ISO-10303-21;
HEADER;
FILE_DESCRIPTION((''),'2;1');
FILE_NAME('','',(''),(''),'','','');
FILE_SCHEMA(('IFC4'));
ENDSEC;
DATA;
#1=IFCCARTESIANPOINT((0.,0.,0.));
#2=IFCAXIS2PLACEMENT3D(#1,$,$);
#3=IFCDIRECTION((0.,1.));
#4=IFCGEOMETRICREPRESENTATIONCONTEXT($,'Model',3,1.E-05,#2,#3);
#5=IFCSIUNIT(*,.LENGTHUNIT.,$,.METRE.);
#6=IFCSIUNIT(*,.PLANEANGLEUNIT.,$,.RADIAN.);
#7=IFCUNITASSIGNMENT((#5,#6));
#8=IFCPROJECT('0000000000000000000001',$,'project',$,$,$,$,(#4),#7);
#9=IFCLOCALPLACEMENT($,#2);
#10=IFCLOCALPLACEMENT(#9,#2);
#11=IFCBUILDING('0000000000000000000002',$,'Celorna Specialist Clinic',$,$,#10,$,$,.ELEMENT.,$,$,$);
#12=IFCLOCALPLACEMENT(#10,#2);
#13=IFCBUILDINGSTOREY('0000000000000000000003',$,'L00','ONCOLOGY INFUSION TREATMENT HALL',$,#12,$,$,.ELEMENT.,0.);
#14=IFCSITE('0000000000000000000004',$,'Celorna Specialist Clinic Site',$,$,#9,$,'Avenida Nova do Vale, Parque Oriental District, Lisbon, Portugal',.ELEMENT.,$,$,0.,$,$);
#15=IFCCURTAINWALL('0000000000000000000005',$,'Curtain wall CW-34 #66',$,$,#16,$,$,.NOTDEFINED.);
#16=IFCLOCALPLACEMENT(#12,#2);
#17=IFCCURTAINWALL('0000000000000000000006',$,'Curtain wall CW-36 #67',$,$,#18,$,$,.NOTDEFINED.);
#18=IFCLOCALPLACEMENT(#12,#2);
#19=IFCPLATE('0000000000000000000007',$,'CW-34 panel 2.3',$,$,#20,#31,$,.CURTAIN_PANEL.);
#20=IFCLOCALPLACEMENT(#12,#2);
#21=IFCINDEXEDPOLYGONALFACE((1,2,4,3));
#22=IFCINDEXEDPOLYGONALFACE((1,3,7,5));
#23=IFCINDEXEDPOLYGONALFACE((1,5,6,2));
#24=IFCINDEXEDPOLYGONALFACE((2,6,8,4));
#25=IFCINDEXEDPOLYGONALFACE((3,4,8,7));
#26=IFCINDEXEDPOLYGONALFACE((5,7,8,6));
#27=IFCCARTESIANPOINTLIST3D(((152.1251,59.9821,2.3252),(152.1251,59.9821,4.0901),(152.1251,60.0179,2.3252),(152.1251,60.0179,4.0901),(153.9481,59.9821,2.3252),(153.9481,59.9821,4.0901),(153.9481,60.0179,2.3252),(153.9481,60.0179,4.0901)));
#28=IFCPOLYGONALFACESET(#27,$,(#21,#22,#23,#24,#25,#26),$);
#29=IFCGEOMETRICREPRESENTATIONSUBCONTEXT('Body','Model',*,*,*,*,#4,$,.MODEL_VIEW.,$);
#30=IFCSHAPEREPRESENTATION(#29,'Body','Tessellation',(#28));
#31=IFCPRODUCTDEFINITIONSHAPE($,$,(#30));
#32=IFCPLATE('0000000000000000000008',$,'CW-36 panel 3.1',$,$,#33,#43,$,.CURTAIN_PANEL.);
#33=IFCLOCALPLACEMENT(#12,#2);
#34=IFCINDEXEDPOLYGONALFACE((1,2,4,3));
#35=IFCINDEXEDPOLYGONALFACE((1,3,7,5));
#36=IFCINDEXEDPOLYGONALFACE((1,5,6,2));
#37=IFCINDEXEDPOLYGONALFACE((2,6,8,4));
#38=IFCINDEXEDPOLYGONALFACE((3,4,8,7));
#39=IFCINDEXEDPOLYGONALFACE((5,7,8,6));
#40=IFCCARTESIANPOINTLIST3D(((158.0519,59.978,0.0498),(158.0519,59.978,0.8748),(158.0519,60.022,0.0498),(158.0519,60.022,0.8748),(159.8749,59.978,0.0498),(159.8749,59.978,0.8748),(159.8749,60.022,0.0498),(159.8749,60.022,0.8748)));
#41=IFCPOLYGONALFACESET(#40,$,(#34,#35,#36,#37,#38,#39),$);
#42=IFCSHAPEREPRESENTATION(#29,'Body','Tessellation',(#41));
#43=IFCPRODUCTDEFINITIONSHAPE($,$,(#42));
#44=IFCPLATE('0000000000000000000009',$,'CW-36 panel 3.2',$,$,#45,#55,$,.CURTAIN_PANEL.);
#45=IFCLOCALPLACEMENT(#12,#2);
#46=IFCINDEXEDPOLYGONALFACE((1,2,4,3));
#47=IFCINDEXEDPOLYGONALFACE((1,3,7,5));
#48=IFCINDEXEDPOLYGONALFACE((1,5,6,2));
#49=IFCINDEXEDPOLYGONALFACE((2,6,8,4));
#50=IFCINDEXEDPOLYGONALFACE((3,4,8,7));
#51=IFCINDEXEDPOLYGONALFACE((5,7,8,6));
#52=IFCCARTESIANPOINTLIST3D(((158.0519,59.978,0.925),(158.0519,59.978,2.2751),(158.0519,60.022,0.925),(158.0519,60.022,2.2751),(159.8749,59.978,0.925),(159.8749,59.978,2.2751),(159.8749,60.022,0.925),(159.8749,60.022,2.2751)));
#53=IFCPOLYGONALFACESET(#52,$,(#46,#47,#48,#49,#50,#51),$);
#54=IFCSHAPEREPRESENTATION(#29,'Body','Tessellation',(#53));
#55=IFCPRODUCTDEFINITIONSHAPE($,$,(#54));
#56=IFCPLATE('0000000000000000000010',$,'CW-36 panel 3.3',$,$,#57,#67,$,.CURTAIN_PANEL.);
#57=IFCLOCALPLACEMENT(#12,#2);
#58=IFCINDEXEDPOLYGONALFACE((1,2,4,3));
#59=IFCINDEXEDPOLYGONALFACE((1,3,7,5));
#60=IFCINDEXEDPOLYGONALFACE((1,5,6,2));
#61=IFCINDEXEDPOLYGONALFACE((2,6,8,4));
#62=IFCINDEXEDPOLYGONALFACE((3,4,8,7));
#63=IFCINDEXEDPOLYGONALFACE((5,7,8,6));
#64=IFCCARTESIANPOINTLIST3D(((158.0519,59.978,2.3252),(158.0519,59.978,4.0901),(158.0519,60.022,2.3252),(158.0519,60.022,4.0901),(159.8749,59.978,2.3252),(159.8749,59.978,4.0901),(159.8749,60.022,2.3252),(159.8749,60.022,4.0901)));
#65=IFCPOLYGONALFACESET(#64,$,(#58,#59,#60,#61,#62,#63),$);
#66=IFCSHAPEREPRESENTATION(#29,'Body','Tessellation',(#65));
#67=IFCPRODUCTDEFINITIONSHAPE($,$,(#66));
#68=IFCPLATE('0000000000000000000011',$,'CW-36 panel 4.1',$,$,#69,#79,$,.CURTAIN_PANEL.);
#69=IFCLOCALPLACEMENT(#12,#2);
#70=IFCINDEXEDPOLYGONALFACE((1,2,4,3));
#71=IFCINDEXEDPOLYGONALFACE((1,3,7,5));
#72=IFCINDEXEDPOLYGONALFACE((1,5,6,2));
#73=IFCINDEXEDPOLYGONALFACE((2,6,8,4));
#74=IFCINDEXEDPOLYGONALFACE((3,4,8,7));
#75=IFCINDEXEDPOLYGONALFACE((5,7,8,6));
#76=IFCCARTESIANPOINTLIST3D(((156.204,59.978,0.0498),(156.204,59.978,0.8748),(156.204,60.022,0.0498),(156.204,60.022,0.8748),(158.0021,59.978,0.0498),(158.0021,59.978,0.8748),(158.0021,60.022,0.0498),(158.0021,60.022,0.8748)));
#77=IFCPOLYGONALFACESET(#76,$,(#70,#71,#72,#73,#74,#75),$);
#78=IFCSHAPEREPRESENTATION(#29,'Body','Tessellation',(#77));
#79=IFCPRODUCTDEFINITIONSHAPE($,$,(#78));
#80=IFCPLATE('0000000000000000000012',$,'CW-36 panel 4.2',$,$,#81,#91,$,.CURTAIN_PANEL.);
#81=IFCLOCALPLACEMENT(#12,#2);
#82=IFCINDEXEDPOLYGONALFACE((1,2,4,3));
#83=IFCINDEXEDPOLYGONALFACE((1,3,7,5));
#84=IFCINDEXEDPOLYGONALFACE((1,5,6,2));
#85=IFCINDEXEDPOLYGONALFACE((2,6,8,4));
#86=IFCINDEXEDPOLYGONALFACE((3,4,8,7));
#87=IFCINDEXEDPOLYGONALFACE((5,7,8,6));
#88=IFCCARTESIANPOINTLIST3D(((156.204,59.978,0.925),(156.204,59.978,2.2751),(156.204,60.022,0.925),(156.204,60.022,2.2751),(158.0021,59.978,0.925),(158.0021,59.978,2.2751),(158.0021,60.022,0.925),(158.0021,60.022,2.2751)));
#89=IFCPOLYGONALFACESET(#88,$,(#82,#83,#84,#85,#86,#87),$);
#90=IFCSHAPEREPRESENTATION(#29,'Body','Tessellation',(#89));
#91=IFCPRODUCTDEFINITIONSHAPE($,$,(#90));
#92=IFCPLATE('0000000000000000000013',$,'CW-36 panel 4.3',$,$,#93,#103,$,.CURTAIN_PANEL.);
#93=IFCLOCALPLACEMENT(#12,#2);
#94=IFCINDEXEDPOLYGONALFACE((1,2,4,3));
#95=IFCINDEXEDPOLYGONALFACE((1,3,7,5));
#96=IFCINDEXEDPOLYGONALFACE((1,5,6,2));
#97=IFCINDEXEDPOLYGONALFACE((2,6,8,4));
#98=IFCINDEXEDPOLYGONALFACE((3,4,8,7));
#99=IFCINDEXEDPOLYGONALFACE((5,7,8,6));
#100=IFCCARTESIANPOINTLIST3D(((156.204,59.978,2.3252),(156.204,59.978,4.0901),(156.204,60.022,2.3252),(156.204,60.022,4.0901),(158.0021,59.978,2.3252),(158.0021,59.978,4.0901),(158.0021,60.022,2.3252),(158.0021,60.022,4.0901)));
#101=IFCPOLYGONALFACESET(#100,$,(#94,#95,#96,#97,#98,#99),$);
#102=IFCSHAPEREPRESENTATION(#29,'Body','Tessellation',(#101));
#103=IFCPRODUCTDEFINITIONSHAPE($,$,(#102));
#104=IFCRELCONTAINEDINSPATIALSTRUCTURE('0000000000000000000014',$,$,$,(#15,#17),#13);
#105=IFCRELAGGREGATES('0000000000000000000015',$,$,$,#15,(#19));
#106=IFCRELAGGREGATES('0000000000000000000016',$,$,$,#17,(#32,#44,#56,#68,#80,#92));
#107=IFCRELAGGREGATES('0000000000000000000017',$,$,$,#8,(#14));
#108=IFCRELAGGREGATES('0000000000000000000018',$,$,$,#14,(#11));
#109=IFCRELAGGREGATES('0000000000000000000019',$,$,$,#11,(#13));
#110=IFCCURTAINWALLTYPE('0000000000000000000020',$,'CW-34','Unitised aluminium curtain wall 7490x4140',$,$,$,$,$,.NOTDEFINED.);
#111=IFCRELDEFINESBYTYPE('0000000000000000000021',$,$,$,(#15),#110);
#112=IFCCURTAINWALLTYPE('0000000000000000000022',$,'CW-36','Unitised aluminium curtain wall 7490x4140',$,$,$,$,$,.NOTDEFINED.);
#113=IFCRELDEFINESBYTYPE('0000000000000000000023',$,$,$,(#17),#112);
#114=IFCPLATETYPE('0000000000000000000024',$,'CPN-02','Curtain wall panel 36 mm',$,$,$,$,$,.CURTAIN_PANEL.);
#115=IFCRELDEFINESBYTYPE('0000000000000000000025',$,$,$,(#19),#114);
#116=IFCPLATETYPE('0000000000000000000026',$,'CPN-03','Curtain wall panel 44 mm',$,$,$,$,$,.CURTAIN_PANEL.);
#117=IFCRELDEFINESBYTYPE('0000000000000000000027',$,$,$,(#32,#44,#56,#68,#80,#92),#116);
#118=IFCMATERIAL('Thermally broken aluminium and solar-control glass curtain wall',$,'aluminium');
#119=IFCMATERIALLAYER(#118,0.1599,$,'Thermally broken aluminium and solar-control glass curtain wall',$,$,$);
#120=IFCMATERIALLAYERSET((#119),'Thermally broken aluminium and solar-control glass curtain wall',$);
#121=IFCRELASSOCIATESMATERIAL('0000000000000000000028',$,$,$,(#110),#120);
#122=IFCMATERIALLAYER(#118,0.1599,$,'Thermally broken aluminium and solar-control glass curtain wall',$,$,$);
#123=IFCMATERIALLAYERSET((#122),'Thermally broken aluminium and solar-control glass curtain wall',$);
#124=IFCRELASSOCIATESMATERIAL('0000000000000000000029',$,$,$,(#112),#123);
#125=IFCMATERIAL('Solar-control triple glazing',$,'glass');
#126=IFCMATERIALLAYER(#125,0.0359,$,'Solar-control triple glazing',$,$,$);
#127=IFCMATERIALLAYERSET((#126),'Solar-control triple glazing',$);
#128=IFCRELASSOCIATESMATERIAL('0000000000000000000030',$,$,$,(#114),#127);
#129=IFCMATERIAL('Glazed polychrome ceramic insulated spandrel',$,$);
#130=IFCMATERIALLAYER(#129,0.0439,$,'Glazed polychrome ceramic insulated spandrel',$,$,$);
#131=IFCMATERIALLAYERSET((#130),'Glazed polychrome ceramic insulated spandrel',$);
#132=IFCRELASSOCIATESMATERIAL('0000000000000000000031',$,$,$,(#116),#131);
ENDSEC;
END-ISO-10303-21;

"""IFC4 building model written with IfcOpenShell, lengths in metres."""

from ifc_helpers import new_model, si_unit, direction, frame, origin, origin_2d, place, context, subcontext, project, spatial, rectangle, extrude, material, layer, layer_set, type_object, element, aggregate, save


model = new_model("IFC4")

# Units and contexts
model_context = context("Model", 3, precision=1e-05, world=origin(), true_north=direction((0.0, 1.0)))
body_context = subcontext(model_context, "Body", "Model", "MODEL_VIEW")
ifc_project = project(units=[si_unit("LENGTHUNIT", "METRE"), si_unit("PLANEANGLEUNIT", "RADIAN")], contexts=[model_context])

# Site, building, storey
site_placement = place(None, origin())
site = spatial("IfcSite", under=ifc_project, at=site_placement, Name="Celorna Specialist Clinic Site", LongName="Avenida Nova do Vale, Parque Oriental District, Lisbon, Portugal", CompositionType="ELEMENT", RefElevation=0.0)
building_placement = place(site_placement, origin())
building = spatial("IfcBuilding", under=site, at=building_placement, Name="Celorna Specialist Clinic", CompositionType="ELEMENT")
storey_placement = place(building_placement, origin())
storey = spatial("IfcBuildingStorey", under=building, at=storey_placement, Name="L00", Description="ONCOLOGY INFUSION TREATMENT HALL", CompositionType="ELEMENT", Elevation=0.0)

# Curtain walls
ifc_material_1 = material(Name="Thermally broken aluminium and solar-control glass curtain wall", Category="aluminium")
ifc_layer_1 = layer(ifc_material_1, 0.1599, Name="Thermally broken aluminium and solar-control glass curtain wall")
ifc_layer_set_1 = layer_set([ifc_layer_1], Name="Thermally broken aluminium and solar-control glass curtain wall")
curtain_wall_type_1 = type_object("IfcCurtainWallType", Name="CW-34", Description="Unitised aluminium curtain wall 7490x4140", PredefinedType="NOTDEFINED", material=ifc_layer_set_1)
curtain_wall_1_placement = place(storey_placement, origin())
curtain_wall_1 = element("IfcCurtainWall", 1, at=curtain_wall_1_placement, inside=storey, type_object=curtain_wall_type_1, Name="Curtain wall CW-34 #66", PredefinedType="NOTDEFINED")
ifc_layer_2 = layer(ifc_material_1, 0.1599, Name="Thermally broken aluminium and solar-control glass curtain wall")
ifc_layer_set_2 = layer_set([ifc_layer_2], Name="Thermally broken aluminium and solar-control glass curtain wall")
curtain_wall_type_2 = type_object("IfcCurtainWallType", Name="CW-36", Description="Unitised aluminium curtain wall 7490x4140", PredefinedType="NOTDEFINED", material=ifc_layer_set_2)
curtain_wall_2_placement = place(storey_placement, origin())
curtain_wall_2 = element("IfcCurtainWall", 2, at=curtain_wall_2_placement, inside=storey, type_object=curtain_wall_type_2, Name="Curtain wall CW-36 #67", PredefinedType="NOTDEFINED")

# Plates
ifc_material_2 = material(Name="Solar-control triple glazing", Category="glass")
ifc_layer_3 = layer(ifc_material_2, 0.0359, Name="Solar-control triple glazing")
ifc_layer_set_3 = layer_set([ifc_layer_3], Name="Solar-control triple glazing")
plate_type_1 = type_object("IfcPlateType", Name="CPN-02", Description="Curtain wall panel 36 mm", PredefinedType="CURTAIN_PANEL", material=ifc_layer_set_3)
plate_1_placement = place(storey_placement, frame((153.0366, 60.0, 2.3252), z_axis=(0.0, 0.0, 1.0), x_axis=(-1.0, 0.0, 0.0)))
plate_1 = element("IfcPlate", 3, at=plate_1_placement, type_object=plate_type_1, Name="CW-34 panel 2.3", PredefinedType="CURTAIN_PANEL", context=body_context, shape_type="SweptSolid", body=[
    extrude(rectangle(XDim=1.823, YDim=0.0359, at=origin_2d()), origin(), (0.0, 0.0, 1.0), 1.7649),
])
aggregate(curtain_wall_1, [plate_1])
ifc_material_3 = material(Name="Glazed polychrome ceramic insulated spandrel")
ifc_layer_4 = layer(ifc_material_3, 0.0439, Name="Glazed polychrome ceramic insulated spandrel")
ifc_layer_set_4 = layer_set([ifc_layer_4], Name="Glazed polychrome ceramic insulated spandrel")
plate_type_2 = type_object("IfcPlateType", Name="CPN-03", Description="Curtain wall panel 44 mm", PredefinedType="CURTAIN_PANEL", material=ifc_layer_set_4)
plate_2_placement = place(storey_placement, frame((158.9634, 60.0, 0.0498), z_axis=(0.0, 0.0, 1.0), x_axis=(-1.0, 0.0, 0.0)))
plate_2 = element("IfcPlate", 4, at=plate_2_placement, type_object=plate_type_2, Name="CW-36 panel 3.1", PredefinedType="CURTAIN_PANEL", context=body_context, shape_type="SweptSolid", body=[
    extrude(rectangle(XDim=1.823, YDim=0.0439, at=origin_2d()), origin(), (0.0, 0.0, 1.0), 0.825),
])
plate_3_placement = place(storey_placement, frame((158.9634, 60.0, 0.925), z_axis=(0.0, 0.0, 1.0), x_axis=(-1.0, 0.0, 0.0)))
plate_3 = element("IfcPlate", 5, at=plate_3_placement, type_object=plate_type_2, Name="CW-36 panel 3.2", PredefinedType="CURTAIN_PANEL", context=body_context, shape_type="SweptSolid", body=[
    extrude(rectangle(XDim=1.823, YDim=0.0439, at=origin_2d()), origin(), (0.0, 0.0, 1.0), 1.3501),
])
plate_4_placement = place(storey_placement, frame((158.9634, 60.0, 2.3252), z_axis=(0.0, 0.0, 1.0), x_axis=(-1.0, 0.0, 0.0)))
plate_4 = element("IfcPlate", 6, at=plate_4_placement, type_object=plate_type_2, Name="CW-36 panel 3.3", PredefinedType="CURTAIN_PANEL", context=body_context, shape_type="SweptSolid", body=[
    extrude(rectangle(XDim=1.823, YDim=0.0439, at=origin_2d()), origin(), (0.0, 0.0, 1.0), 1.7649),
])
plate_5_placement = place(storey_placement, frame((157.103, 60.0, 0.0498), z_axis=(0.0, 0.0, 1.0), x_axis=(-1.0, 0.0, 0.0)))
plate_5 = element("IfcPlate", 7, at=plate_5_placement, type_object=plate_type_2, Name="CW-36 panel 4.1", PredefinedType="CURTAIN_PANEL", context=body_context, shape_type="SweptSolid", body=[
    extrude(rectangle(XDim=1.7981, YDim=0.0439, at=origin_2d()), origin(), (0.0, 0.0, 1.0), 0.825),
])
plate_6_placement = place(storey_placement, frame((157.103, 60.0, 0.925), z_axis=(0.0, 0.0, 1.0), x_axis=(-1.0, 0.0, 0.0)))
plate_6 = element("IfcPlate", 8, at=plate_6_placement, type_object=plate_type_2, Name="CW-36 panel 4.2", PredefinedType="CURTAIN_PANEL", context=body_context, shape_type="SweptSolid", body=[
    extrude(rectangle(XDim=1.7981, YDim=0.0439, at=origin_2d()), origin(), (0.0, 0.0, 1.0), 1.3501),
])
plate_7_placement = place(storey_placement, frame((157.103, 60.0, 2.3252), z_axis=(0.0, 0.0, 1.0), x_axis=(-1.0, 0.0, 0.0)))
plate_7 = element("IfcPlate", 9, at=plate_7_placement, type_object=plate_type_2, Name="CW-36 panel 4.3", PredefinedType="CURTAIN_PANEL", context=body_context, shape_type="SweptSolid", body=[
    extrude(rectangle(XDim=1.7981, YDim=0.0439, at=origin_2d()), origin(), (0.0, 0.0, 1.0), 1.7649),
])
aggregate(curtain_wall_2, [plate_2, plate_3, plate_4, plate_5, plate_6, plate_7])

save(model, "model.ifc")
